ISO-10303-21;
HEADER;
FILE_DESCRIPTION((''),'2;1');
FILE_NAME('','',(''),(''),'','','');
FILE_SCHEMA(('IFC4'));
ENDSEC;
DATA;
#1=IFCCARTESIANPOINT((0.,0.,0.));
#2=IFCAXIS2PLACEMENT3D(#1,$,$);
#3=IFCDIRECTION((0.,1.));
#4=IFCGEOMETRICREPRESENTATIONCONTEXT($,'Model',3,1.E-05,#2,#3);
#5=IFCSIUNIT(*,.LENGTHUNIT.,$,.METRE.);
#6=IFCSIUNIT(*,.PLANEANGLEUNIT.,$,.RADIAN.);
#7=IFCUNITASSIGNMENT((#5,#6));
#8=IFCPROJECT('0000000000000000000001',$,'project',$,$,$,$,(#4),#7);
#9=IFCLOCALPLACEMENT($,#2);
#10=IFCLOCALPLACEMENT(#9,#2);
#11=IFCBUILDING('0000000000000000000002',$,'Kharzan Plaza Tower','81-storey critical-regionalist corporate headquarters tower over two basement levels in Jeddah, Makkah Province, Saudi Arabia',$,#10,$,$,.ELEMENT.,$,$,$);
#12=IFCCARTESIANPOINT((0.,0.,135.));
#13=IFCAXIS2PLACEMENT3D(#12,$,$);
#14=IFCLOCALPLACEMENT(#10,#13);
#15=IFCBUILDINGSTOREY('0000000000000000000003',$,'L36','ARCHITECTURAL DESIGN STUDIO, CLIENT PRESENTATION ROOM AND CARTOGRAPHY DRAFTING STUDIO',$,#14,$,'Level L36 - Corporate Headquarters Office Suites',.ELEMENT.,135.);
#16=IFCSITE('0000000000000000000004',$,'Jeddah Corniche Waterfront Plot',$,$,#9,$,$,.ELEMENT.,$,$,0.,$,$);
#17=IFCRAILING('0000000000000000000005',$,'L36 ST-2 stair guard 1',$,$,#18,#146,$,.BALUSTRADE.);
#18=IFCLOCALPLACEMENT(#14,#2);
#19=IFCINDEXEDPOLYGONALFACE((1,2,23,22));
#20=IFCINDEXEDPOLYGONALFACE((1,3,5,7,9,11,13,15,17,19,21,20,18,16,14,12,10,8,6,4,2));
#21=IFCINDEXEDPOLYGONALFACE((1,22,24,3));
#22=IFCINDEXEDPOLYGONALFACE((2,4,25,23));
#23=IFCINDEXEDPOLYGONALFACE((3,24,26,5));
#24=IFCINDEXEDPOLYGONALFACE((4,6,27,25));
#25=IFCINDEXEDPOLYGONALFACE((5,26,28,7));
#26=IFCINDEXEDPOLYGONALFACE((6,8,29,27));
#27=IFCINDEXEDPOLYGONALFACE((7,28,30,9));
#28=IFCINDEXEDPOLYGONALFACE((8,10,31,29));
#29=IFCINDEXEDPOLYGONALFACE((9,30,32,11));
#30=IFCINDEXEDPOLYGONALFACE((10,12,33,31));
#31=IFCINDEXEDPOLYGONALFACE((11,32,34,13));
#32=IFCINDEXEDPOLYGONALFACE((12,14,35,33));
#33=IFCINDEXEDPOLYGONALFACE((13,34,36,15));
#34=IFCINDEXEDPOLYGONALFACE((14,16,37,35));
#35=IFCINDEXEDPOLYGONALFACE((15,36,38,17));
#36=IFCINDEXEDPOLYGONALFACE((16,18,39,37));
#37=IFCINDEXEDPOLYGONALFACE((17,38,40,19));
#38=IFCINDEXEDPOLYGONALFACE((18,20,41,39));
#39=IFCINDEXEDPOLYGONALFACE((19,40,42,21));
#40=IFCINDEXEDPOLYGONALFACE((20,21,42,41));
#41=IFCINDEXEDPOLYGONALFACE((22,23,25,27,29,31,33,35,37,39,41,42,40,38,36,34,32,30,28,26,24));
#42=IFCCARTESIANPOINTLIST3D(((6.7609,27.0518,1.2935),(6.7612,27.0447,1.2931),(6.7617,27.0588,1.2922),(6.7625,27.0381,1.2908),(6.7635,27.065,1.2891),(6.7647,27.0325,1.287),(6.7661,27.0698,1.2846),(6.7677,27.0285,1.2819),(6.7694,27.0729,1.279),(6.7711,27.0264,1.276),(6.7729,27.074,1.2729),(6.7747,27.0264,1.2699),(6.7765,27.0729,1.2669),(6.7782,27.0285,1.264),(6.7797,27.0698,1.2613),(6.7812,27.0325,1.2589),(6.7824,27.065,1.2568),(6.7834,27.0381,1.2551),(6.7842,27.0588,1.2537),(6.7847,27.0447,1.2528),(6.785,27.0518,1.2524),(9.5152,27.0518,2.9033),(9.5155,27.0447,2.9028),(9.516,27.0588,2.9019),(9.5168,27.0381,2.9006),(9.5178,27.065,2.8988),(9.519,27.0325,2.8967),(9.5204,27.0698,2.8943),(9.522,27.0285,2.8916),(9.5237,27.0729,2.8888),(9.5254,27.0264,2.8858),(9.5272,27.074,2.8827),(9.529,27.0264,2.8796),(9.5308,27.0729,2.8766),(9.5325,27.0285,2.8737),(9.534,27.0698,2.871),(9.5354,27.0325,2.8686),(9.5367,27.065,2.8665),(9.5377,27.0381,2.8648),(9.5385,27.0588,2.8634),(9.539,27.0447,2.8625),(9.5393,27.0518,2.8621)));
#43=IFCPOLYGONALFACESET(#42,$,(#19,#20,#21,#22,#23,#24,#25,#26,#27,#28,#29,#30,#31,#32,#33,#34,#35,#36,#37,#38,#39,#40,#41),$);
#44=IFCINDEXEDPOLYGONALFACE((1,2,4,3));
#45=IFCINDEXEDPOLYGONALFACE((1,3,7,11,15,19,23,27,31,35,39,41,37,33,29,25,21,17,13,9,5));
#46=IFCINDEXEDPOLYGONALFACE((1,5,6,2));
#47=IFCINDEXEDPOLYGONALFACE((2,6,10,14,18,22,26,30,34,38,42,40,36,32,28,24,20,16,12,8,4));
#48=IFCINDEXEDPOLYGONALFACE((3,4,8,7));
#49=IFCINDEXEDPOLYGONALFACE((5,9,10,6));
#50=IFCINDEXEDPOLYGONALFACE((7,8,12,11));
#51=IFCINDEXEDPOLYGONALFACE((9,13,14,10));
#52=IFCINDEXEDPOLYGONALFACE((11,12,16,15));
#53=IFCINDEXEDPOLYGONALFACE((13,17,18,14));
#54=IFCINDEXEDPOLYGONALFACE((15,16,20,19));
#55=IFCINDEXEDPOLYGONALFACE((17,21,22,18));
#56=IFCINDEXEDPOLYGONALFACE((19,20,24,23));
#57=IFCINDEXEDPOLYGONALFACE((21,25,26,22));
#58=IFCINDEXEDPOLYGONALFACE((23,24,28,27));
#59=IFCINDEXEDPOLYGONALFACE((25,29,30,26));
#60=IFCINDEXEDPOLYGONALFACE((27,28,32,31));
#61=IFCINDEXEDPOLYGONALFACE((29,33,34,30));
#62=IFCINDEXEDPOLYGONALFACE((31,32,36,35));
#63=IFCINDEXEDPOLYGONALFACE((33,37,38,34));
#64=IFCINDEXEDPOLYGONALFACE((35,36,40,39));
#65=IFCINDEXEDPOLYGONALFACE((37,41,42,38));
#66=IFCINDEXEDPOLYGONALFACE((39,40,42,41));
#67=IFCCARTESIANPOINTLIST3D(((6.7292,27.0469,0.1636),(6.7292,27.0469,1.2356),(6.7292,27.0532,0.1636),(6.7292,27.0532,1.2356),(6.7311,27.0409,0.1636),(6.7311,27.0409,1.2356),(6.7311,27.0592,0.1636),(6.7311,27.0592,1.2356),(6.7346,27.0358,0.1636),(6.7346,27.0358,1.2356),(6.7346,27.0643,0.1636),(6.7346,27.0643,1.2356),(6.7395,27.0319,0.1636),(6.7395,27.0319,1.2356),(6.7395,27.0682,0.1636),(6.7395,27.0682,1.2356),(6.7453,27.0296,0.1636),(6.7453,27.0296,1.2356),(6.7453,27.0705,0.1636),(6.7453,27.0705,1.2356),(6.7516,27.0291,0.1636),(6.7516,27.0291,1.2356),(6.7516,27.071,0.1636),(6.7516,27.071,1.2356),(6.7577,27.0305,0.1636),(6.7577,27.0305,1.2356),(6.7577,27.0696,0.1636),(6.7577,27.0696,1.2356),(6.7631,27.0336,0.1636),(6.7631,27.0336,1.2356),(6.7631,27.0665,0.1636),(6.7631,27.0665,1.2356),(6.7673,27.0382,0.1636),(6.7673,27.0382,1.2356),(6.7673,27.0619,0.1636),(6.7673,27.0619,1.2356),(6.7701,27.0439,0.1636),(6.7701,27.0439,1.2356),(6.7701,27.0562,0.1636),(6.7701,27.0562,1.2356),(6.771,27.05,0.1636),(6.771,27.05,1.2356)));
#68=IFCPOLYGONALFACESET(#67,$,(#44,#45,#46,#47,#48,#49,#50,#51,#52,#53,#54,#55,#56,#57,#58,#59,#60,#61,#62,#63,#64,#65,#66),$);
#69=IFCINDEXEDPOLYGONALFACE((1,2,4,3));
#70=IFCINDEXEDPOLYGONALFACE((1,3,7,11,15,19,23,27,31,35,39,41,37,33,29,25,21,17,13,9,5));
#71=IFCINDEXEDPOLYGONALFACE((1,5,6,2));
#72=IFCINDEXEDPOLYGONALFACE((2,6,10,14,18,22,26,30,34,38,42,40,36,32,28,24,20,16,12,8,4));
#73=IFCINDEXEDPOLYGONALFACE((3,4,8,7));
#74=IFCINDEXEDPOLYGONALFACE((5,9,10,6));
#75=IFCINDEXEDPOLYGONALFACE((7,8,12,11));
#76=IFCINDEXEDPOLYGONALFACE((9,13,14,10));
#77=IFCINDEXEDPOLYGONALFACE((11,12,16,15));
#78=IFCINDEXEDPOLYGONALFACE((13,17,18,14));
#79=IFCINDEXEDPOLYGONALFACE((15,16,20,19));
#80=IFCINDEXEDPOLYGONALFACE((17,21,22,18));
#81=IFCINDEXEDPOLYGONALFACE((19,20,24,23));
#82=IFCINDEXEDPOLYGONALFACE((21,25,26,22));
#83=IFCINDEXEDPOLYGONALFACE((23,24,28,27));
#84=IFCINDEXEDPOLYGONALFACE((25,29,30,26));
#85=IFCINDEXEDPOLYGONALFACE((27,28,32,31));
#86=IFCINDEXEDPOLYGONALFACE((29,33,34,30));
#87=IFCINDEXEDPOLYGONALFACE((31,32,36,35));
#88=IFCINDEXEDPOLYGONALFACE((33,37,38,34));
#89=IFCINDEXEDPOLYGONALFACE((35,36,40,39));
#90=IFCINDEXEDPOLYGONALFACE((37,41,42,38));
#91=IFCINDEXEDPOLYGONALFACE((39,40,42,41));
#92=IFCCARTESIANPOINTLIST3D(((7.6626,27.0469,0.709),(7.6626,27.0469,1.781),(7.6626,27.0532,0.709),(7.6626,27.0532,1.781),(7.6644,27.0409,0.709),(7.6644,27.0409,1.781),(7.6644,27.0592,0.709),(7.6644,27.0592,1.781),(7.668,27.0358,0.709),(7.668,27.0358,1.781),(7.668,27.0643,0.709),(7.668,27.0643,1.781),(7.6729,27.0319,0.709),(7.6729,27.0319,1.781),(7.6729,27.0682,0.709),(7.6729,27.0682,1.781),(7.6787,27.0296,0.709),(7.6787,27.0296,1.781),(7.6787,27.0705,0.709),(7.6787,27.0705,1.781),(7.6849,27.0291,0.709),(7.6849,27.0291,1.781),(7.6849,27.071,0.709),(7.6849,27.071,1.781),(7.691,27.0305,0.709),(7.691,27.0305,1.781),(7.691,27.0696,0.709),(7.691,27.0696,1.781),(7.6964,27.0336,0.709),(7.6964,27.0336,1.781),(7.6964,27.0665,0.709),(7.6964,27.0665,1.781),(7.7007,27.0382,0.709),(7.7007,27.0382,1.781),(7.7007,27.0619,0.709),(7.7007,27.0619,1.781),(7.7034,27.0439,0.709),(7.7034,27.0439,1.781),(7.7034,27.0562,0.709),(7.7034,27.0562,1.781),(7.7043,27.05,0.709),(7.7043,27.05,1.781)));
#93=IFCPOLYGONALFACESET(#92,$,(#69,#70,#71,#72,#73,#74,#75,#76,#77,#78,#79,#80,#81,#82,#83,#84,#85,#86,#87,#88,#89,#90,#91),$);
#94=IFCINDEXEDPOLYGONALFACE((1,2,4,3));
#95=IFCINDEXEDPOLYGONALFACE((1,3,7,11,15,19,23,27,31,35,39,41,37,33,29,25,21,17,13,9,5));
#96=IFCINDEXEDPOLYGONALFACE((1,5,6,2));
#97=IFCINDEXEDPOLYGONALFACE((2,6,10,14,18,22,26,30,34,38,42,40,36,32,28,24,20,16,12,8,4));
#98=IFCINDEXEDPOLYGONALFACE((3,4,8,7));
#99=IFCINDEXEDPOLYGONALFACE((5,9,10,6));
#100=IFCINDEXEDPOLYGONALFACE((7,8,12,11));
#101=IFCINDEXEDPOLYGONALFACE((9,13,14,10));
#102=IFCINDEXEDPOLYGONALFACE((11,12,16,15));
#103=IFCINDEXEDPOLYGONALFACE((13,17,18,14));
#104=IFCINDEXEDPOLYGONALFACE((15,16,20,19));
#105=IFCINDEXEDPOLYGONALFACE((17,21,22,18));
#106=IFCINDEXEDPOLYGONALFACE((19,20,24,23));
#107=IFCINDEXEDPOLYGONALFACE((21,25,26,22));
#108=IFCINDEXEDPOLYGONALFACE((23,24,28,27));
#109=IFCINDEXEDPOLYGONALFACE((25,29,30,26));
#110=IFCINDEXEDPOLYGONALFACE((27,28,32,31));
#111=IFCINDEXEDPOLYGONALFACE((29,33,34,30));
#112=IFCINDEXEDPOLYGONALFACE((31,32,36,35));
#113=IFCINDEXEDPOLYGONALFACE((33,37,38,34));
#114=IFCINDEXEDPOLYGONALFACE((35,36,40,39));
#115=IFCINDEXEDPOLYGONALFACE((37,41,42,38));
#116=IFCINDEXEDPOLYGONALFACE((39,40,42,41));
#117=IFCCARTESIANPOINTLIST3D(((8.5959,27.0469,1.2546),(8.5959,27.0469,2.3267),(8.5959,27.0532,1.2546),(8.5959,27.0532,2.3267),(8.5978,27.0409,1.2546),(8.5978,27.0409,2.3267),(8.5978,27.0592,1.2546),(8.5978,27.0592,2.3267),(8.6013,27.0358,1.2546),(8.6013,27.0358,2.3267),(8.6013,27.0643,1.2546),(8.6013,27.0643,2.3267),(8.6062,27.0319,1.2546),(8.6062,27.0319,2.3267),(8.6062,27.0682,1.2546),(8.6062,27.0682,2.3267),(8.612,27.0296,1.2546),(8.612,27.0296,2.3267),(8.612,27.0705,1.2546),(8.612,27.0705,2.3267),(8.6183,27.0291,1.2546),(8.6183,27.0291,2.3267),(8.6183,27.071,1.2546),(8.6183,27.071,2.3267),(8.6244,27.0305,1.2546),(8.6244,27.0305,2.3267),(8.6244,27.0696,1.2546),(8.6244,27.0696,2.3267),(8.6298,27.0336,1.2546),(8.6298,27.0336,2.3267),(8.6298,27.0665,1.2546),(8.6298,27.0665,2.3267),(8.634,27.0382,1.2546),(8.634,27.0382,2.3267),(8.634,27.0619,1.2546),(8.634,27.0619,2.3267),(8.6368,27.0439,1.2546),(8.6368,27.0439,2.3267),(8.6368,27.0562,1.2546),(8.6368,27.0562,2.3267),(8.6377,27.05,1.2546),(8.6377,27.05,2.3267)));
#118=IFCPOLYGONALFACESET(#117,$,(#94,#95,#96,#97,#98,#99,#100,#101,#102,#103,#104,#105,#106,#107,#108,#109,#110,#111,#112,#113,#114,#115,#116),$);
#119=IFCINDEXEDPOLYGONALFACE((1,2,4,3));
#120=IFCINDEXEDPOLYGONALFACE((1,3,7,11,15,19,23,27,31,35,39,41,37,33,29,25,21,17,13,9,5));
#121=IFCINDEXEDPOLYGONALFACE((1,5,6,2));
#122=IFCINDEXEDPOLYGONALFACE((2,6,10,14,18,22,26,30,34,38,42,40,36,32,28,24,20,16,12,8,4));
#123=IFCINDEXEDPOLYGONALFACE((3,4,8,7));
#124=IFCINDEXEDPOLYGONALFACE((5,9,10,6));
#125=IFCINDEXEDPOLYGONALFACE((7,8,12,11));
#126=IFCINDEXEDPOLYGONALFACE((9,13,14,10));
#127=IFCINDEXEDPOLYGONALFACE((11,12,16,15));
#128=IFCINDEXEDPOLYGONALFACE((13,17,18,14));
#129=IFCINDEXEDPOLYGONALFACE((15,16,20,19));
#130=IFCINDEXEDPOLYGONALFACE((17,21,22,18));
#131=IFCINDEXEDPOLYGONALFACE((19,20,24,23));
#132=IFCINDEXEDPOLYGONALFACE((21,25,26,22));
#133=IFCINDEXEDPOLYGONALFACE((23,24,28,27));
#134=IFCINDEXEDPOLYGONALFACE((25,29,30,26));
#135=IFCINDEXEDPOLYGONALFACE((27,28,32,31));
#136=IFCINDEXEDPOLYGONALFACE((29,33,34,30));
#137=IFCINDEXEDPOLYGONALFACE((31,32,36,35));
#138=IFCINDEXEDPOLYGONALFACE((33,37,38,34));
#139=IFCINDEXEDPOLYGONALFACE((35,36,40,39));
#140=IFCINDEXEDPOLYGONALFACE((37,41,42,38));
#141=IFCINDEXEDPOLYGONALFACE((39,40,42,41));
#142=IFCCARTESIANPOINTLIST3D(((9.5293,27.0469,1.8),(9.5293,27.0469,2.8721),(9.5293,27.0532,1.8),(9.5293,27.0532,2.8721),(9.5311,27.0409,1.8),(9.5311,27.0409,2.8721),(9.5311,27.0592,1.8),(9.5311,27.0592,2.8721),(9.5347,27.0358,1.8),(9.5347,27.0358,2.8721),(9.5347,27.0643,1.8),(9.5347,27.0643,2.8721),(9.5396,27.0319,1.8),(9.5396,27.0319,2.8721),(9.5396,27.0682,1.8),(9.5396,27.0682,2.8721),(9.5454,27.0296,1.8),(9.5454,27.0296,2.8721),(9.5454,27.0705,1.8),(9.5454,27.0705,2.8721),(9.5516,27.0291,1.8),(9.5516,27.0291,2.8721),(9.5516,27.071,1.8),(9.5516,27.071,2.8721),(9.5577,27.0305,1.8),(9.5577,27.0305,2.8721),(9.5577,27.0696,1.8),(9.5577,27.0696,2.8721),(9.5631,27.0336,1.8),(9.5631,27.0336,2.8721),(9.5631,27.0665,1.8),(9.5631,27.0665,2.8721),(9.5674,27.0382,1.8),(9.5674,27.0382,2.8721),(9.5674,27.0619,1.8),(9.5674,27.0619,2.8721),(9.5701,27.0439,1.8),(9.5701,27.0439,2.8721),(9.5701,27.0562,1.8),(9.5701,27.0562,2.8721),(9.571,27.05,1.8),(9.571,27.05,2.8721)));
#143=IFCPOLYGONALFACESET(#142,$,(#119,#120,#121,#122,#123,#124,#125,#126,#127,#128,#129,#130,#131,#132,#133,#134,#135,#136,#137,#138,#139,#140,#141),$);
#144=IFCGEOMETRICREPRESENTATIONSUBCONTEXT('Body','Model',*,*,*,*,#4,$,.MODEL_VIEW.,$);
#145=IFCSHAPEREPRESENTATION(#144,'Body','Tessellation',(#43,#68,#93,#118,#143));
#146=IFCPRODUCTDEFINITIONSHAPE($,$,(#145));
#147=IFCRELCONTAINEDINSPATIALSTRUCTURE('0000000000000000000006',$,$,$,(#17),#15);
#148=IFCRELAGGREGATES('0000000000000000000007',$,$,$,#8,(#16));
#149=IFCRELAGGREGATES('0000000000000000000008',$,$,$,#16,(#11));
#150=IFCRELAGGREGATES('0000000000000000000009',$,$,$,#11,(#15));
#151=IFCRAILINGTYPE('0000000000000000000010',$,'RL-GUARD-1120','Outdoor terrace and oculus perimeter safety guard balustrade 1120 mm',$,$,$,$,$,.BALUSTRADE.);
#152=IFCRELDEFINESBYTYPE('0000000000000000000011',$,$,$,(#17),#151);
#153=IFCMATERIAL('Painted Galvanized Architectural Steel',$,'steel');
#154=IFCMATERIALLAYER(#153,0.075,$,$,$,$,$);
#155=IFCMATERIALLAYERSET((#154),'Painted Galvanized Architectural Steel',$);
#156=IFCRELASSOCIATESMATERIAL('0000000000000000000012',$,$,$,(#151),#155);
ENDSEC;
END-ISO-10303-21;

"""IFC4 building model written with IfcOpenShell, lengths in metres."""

from ifc_helpers import new_model, si_unit, direction, frame, origin, origin_2d, place, context, subcontext, project, spatial, circle, extrude, source, transform, mapped, material, layer, layer_set, type_object, element, save


model = new_model("IFC4")

# Units and contexts
model_context = context("Model", 3, precision=1e-05, world=origin(), true_north=direction((0.0, 1.0)))
body_context = subcontext(model_context, "Body", "Model", "MODEL_VIEW")
ifc_project = project(units=[si_unit("LENGTHUNIT", "METRE"), si_unit("PLANEANGLEUNIT", "RADIAN")], contexts=[model_context])

# Site, building, storey
site_placement = place(None, origin())
site = spatial("IfcSite", under=ifc_project, at=site_placement, Name="Jeddah Corniche Waterfront Plot", CompositionType="ELEMENT", RefElevation=0.0)
building_placement = place(site_placement, origin())
building = spatial("IfcBuilding", under=site, at=building_placement, Name="Kharzan Plaza Tower", Description="81-storey critical-regionalist corporate headquarters tower over two basement levels in Jeddah, Makkah Province, Saudi Arabia", CompositionType="ELEMENT")
storey_placement = place(building_placement, frame((0.0, 0.0, 135.0)))
storey = spatial("IfcBuildingStorey", under=building, at=storey_placement, Name="L36", Description="ARCHITECTURAL DESIGN STUDIO, CLIENT PRESENTATION ROOM AND CARTOGRAPHY DRAFTING STUDIO", LongName="Level L36 - Corporate Headquarters Office Suites", CompositionType="ELEMENT", Elevation=135.0)

# Railing
ifc_material_1 = material(Name="Painted Galvanized Architectural Steel", Category="steel")
ifc_layer_1 = layer(ifc_material_1, 0.075)
ifc_layer_set_1 = layer_set([ifc_layer_1], Name="Painted Galvanized Architectural Steel")
railing_type_1 = type_object("IfcRailingType", Name="RL-GUARD-1120", Description="Outdoor terrace and oculus perimeter safety guard balustrade 1120 mm", PredefinedType="BALUSTRADE", material=ifc_layer_set_1)
shared_shape_1 = source(origin(), body_context, "Body", "SweptSolid", [
    extrude(circle(Radius=0.0239, at=origin_2d()), frame((0.0229, 0.0, 1.1094), z_axis=(0.863361, 0.0, 0.504587), x_axis=(0.0, 1.0, 0.0)), (0.0, 0.0, 1.0), 3.1902),
    extrude(circle(Radius=0.021, at=origin_2d()), origin(), (0.0, 0.0, 1.0), 1.072),
    extrude(circle(Radius=0.021, at=origin_2d()), frame((0.9333, 0.0, 0.5454)), (0.0, 0.0, 1.0), 1.072),
    extrude(circle(Radius=0.021, at=origin_2d()), frame((1.8667, 0.0, 1.0911)), (0.0, 0.0, 1.0), 1.072),
    extrude(circle(Radius=0.021, at=origin_2d()), frame((2.8, 0.0, 1.6365)), (0.0, 0.0, 1.0), 1.072),
])
railing_1_placement = place(storey_placement, frame((6.75, 27.05, 0.1636)))
element("IfcRailing", 1, at=railing_1_placement, inside=storey, type_object=railing_type_1, Name="L36 ST-2 stair guard 1", PredefinedType="BALUSTRADE", context=body_context, shape_type="MappedRepresentation", body=[
    mapped(shared_shape_1, transform((0.0, 0.0, 0.0), x_axis=(1.0, 0.0, 0.0), y_axis=(0.0, 1.0, 0.0), z_axis=(0.0, 0.0, 1.0))),
])

save(model, "model.ifc")
